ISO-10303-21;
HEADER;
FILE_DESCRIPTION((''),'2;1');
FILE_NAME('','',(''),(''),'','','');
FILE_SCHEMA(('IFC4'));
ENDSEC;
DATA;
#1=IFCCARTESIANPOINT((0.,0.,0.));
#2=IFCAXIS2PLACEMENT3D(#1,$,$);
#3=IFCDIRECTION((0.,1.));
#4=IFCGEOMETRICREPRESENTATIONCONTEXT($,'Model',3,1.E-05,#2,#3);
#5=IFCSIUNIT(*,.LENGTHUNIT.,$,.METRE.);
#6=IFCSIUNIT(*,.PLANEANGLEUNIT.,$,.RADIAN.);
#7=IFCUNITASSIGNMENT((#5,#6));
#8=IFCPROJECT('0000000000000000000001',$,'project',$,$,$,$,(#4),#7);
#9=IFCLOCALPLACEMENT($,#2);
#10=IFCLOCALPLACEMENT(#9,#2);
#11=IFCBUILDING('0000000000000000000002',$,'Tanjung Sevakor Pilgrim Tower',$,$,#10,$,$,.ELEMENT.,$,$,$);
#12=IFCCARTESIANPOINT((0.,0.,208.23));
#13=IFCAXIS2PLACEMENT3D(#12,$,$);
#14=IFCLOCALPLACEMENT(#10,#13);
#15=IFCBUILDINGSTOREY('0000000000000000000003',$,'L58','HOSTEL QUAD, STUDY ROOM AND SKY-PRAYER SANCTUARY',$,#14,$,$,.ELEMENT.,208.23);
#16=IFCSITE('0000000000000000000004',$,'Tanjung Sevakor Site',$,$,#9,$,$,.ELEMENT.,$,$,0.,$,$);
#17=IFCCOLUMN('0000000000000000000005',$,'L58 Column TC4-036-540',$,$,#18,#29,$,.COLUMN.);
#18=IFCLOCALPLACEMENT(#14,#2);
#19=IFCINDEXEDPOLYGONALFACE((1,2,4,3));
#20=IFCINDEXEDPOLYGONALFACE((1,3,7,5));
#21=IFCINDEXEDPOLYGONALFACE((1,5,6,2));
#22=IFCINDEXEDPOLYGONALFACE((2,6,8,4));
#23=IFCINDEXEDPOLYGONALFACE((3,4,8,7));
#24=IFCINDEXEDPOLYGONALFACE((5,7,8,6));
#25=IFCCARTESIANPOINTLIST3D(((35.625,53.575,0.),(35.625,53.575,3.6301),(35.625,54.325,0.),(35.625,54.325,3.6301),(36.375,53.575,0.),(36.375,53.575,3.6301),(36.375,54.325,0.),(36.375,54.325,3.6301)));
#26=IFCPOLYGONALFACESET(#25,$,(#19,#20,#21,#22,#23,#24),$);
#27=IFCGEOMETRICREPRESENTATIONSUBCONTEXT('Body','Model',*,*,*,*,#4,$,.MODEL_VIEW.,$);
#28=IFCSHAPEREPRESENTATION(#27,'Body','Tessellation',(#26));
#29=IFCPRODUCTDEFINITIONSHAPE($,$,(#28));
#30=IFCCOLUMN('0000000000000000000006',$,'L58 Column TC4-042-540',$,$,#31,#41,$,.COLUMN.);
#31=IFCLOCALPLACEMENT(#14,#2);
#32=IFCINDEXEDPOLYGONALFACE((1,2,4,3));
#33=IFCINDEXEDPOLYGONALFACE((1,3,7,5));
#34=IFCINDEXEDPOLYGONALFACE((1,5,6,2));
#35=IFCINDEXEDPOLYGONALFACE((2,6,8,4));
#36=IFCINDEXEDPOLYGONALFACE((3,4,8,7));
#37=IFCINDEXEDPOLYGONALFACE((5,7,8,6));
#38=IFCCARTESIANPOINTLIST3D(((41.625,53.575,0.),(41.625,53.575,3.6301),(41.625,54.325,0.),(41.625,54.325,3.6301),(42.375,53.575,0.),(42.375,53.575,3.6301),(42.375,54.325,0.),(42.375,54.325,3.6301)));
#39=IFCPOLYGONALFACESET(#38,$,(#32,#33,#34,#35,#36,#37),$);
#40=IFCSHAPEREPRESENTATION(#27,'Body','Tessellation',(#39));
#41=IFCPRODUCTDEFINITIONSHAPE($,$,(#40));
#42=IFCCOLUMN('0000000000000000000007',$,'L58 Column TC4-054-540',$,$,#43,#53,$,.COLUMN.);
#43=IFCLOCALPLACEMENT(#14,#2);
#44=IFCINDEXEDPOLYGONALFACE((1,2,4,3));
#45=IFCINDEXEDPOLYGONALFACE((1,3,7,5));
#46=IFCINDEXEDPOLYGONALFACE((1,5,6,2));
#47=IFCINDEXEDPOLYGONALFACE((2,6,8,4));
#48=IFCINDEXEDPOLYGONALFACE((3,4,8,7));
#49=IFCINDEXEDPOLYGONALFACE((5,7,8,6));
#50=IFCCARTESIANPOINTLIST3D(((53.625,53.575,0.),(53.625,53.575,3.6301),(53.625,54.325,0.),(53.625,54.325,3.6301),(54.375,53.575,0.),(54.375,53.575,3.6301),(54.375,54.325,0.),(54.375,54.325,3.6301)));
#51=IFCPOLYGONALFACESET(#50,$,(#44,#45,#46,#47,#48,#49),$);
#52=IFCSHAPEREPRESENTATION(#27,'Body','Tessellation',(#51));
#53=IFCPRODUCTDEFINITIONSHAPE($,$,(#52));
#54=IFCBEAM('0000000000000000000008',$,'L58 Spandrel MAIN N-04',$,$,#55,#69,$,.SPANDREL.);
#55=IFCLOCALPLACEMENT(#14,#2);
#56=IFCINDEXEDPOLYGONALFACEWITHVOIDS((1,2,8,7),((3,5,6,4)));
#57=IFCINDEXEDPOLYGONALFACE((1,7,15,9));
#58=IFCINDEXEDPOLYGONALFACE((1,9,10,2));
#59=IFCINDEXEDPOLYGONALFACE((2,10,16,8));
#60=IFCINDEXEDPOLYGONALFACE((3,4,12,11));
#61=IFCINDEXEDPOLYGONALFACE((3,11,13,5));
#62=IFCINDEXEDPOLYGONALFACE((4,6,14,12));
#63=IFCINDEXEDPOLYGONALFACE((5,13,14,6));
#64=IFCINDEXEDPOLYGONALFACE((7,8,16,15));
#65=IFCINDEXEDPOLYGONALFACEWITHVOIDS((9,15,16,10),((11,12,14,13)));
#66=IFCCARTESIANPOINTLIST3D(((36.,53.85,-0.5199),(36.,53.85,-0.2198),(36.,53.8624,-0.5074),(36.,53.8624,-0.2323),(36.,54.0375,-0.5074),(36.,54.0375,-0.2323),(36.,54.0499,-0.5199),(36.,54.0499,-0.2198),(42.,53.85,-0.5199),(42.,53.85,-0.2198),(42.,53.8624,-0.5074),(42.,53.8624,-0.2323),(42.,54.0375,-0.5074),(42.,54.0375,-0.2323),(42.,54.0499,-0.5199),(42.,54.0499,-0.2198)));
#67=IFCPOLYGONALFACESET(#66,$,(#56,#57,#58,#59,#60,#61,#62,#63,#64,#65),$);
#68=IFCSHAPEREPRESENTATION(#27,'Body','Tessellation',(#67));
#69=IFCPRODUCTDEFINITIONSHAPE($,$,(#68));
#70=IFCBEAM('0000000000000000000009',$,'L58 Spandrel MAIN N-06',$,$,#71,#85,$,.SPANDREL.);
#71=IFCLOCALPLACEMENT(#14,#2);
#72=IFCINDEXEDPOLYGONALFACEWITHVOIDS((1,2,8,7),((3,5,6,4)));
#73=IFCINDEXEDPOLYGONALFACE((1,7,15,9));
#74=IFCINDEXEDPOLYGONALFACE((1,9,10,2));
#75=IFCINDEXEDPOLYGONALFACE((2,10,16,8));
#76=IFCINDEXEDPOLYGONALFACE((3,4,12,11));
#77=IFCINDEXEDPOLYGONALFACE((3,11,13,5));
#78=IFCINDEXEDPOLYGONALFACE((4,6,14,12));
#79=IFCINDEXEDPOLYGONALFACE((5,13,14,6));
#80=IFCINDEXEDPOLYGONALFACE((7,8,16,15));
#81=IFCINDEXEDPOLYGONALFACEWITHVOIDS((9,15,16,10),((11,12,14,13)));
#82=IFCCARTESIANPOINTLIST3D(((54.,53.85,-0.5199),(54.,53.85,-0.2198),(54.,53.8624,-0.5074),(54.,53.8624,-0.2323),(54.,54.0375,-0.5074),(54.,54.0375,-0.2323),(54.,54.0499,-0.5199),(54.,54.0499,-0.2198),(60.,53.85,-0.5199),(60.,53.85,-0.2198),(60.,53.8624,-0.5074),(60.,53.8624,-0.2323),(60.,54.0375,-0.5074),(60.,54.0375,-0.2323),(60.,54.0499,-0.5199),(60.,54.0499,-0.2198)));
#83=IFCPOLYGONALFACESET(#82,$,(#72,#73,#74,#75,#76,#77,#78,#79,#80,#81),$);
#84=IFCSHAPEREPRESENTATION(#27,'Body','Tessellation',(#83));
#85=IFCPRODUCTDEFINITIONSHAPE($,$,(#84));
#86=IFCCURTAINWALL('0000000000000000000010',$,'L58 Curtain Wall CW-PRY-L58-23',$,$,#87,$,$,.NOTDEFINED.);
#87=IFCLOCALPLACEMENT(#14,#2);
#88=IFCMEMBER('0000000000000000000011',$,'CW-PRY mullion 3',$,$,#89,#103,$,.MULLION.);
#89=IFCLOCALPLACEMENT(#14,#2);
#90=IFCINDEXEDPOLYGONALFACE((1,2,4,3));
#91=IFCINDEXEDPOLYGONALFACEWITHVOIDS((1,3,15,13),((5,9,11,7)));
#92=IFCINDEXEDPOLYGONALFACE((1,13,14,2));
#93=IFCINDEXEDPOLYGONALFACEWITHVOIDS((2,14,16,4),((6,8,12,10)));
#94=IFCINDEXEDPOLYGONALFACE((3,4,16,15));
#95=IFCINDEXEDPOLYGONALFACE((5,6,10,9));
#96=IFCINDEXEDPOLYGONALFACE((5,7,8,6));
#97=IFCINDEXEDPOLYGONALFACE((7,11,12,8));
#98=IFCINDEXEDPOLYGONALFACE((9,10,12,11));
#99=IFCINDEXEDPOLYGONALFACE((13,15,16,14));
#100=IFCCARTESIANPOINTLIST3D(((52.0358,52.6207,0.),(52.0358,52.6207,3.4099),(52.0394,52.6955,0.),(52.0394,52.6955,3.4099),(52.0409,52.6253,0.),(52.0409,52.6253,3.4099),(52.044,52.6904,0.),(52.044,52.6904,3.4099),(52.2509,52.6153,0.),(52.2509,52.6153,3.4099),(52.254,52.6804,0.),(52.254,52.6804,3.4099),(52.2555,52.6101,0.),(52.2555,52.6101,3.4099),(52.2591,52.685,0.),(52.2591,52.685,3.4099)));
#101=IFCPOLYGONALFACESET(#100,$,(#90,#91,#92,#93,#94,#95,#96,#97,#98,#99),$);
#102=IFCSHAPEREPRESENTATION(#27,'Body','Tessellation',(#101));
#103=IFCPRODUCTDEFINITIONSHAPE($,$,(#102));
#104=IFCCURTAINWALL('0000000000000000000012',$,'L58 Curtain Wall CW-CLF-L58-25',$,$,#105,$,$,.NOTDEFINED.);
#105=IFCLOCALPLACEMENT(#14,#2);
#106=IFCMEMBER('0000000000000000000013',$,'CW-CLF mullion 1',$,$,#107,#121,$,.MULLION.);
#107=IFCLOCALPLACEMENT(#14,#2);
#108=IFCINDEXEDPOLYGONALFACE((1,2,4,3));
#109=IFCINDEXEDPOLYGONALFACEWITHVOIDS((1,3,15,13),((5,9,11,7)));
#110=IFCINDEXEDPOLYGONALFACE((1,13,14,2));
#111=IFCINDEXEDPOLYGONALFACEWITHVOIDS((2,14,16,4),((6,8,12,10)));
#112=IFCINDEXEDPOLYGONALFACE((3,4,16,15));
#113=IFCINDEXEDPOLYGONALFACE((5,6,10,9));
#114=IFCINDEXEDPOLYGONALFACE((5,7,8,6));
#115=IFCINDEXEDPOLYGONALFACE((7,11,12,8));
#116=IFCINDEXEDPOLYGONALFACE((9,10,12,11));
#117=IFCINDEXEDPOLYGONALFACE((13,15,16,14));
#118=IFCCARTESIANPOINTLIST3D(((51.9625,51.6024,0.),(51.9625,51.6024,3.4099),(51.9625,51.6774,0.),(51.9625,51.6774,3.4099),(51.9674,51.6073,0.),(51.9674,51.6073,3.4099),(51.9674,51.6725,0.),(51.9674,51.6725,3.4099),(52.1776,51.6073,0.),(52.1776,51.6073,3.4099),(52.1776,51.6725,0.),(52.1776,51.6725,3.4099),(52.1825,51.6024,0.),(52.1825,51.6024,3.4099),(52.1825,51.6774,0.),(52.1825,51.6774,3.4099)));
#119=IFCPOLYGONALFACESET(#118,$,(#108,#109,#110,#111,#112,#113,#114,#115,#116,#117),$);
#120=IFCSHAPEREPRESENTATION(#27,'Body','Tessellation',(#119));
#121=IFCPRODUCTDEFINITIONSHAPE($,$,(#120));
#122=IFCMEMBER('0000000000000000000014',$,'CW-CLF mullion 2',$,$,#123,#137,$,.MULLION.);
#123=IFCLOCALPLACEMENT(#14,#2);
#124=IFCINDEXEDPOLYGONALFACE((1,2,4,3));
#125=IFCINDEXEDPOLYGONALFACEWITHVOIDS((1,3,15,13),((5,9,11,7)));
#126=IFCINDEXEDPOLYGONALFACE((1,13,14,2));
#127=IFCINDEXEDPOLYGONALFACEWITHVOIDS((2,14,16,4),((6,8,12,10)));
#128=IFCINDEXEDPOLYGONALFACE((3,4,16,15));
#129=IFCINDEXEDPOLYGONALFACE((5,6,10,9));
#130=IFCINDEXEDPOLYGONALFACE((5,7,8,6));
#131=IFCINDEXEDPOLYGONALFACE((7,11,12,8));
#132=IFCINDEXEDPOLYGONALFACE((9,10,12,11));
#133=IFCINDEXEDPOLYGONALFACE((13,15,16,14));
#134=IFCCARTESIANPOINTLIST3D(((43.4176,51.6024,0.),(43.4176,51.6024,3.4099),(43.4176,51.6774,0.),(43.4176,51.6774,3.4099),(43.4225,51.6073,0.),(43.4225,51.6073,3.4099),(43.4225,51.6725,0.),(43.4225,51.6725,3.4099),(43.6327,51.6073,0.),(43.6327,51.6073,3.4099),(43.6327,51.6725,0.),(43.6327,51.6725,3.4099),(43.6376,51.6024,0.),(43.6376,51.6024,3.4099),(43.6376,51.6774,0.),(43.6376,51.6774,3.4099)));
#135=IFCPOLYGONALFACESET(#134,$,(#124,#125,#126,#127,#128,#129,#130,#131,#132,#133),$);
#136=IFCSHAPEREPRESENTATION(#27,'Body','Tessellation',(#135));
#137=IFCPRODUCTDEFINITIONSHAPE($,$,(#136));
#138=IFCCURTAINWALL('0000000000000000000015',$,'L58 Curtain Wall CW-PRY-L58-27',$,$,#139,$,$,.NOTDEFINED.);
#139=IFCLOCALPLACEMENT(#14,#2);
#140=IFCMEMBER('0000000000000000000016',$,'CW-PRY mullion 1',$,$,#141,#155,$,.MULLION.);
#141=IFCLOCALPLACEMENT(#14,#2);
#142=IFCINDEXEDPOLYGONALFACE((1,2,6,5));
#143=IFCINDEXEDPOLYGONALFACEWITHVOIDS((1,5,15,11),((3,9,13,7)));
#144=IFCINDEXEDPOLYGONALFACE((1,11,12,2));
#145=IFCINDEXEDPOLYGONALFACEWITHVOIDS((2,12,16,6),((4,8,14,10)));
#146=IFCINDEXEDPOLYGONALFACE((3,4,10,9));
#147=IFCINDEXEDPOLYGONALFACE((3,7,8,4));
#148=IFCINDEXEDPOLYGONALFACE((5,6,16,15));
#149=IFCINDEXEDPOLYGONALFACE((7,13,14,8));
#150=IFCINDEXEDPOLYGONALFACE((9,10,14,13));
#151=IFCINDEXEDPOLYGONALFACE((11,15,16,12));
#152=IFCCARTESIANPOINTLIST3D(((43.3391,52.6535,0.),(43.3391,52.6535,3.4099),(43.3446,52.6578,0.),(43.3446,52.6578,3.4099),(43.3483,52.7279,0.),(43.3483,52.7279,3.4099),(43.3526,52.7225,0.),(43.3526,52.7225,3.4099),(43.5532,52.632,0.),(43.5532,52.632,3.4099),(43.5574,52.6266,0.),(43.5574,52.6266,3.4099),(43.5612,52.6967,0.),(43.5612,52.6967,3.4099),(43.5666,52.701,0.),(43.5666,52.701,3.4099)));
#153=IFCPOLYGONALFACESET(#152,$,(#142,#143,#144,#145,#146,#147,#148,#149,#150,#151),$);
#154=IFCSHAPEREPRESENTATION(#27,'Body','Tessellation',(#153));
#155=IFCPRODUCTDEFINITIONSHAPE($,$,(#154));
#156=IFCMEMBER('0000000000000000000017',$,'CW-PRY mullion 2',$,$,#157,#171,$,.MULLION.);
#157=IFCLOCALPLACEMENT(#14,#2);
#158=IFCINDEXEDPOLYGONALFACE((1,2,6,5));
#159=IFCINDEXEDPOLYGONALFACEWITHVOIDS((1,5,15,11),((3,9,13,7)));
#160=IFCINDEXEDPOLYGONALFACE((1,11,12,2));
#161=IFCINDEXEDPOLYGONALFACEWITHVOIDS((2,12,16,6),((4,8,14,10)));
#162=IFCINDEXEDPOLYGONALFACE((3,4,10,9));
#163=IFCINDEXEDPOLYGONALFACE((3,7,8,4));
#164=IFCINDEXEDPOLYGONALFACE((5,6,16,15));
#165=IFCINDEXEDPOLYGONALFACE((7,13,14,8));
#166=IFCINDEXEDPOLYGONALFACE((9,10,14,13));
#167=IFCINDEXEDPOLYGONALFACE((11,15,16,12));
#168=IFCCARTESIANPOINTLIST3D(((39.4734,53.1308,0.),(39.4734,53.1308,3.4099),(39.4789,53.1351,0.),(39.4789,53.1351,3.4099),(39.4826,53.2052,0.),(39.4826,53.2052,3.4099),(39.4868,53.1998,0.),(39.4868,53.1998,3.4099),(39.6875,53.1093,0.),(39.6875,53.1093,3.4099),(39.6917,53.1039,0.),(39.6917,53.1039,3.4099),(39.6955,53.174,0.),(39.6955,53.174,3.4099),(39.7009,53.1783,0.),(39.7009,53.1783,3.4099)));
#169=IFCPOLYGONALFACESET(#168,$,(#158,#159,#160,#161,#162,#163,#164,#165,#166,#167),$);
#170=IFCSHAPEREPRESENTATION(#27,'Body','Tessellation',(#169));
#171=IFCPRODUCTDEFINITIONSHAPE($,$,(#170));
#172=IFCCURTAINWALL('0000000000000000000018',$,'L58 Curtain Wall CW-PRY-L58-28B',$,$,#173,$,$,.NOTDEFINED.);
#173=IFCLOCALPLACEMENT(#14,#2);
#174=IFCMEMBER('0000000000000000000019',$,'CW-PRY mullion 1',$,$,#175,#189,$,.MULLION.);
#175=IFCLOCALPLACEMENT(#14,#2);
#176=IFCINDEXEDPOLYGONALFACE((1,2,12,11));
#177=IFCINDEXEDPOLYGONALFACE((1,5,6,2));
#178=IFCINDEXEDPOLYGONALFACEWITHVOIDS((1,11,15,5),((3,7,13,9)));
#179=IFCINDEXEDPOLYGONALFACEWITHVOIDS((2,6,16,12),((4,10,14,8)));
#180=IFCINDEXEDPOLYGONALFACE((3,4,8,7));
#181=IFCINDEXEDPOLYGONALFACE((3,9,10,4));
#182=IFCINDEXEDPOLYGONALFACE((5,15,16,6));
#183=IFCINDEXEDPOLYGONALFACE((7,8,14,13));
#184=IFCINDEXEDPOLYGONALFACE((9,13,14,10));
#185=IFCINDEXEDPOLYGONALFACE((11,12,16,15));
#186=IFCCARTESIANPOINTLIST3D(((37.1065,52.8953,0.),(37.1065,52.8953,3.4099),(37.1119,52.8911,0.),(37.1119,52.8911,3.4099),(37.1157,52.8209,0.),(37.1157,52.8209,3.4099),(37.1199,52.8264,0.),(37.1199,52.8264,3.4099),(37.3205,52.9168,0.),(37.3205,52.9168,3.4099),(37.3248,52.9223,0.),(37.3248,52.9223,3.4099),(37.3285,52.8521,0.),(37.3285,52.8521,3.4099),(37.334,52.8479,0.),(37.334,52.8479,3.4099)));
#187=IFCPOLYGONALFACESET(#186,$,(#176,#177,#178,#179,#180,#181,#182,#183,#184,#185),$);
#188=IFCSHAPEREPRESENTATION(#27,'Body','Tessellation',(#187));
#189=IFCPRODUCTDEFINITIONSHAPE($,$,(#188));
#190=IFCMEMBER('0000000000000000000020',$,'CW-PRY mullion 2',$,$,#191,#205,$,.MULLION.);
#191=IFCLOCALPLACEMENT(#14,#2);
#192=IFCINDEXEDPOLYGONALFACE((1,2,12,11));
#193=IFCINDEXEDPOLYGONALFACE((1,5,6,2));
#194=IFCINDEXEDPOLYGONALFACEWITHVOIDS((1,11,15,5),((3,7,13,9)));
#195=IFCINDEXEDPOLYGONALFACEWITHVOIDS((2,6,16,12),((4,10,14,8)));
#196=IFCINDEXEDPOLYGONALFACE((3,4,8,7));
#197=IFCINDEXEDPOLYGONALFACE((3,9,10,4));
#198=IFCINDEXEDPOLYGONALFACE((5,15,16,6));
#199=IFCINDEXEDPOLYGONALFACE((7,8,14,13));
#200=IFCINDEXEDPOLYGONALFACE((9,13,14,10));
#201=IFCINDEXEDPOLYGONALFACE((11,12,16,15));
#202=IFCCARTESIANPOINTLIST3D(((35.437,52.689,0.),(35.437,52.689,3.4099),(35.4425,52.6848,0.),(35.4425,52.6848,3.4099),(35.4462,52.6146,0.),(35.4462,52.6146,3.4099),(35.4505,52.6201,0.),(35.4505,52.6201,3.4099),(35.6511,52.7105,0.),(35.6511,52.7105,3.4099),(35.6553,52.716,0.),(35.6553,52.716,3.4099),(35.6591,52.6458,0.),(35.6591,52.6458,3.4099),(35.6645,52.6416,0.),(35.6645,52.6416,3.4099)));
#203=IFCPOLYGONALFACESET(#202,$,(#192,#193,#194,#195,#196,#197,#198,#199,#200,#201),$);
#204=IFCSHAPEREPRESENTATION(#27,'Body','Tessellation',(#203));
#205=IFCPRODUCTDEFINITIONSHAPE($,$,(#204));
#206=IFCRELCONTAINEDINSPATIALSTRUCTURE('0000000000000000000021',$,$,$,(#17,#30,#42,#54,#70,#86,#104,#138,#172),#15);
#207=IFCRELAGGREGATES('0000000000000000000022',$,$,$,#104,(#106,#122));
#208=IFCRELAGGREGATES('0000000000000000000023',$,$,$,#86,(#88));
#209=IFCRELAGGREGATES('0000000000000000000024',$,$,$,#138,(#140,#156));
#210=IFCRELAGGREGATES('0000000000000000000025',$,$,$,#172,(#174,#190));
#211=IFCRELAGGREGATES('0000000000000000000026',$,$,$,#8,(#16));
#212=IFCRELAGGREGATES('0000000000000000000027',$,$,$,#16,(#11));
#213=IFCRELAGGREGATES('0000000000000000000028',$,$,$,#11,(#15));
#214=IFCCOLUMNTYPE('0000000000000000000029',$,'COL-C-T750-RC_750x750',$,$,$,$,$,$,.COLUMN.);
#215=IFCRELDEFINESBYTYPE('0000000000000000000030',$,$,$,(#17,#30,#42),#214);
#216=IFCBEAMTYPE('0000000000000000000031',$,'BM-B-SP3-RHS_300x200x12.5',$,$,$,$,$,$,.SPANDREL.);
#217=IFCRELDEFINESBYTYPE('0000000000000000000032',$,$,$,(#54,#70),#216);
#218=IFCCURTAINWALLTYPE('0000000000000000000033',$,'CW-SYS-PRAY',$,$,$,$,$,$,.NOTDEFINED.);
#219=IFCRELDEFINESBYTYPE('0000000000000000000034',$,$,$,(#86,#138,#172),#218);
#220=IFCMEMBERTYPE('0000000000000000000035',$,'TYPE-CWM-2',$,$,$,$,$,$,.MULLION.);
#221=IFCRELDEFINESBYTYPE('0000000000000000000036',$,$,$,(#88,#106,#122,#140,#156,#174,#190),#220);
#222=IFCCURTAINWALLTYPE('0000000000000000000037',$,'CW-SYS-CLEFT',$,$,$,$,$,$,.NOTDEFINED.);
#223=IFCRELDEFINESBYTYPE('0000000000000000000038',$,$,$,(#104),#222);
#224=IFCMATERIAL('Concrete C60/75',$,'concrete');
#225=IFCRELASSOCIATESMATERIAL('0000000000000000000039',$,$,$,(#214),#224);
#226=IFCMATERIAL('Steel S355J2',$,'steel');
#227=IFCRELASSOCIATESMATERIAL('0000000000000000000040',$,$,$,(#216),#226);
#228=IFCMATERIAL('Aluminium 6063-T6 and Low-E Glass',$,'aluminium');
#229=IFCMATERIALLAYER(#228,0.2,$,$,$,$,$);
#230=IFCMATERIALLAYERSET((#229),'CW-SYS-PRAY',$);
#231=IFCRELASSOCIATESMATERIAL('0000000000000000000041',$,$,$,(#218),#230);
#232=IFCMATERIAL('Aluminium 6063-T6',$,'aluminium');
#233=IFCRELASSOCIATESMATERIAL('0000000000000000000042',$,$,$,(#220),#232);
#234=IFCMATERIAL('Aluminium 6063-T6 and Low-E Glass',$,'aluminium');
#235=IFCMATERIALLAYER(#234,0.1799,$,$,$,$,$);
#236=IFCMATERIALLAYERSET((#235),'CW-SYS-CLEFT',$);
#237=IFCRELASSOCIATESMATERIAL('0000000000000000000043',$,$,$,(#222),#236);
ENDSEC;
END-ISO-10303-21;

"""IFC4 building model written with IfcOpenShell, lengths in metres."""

from ifc_helpers import new_model, si_unit, direction, frame, origin, origin_2d, place, context, subcontext, project, spatial, rectangle, hollow_rectangle, extrude, material, layer, layer_set, material_profile, profile_set, type_object, element, aggregate, save


model = new_model("IFC4")

# Units and contexts
model_context = context("Model", 3, precision=1e-05, world=origin(), true_north=direction((0.0, 1.0)))
body_context = subcontext(model_context, "Body", "Model", "MODEL_VIEW")
ifc_project = project(units=[si_unit("LENGTHUNIT", "METRE"), si_unit("PLANEANGLEUNIT", "RADIAN")], contexts=[model_context])

# Site, building, storey
site_placement = place(None, origin())
site = spatial("IfcSite", under=ifc_project, at=site_placement, Name="Tanjung Sevakor Site", CompositionType="ELEMENT", RefElevation=0.0)
building_placement = place(site_placement, origin())
building = spatial("IfcBuilding", under=site, at=building_placement, Name="Tanjung Sevakor Pilgrim Tower", CompositionType="ELEMENT")
storey_placement = place(building_placement, frame((0.0, 0.0, 208.23)))
storey = spatial("IfcBuildingStorey", under=building, at=storey_placement, Name="L58", Description="HOSTEL QUAD, STUDY ROOM AND SKY-PRAYER SANCTUARY", CompositionType="ELEMENT", Elevation=208.23)

# Columns
ifc_material_1 = material(Name="Concrete C60/75", Category="concrete")
ifc_material_profile_1 = material_profile(ifc_material_1, rectangle(XDim=0.75, YDim=0.75, at=origin_2d()))
ifc_profile_set_1 = profile_set([ifc_material_profile_1], Name="Concrete C60/75")
column_type = type_object("IfcColumnType", Name="COL-C-T750-RC_750x750", PredefinedType="COLUMN", material=ifc_profile_set_1)
for number, where, z_axis, x_axis, name in (
    (1, (36.0, 53.95, 0.0), (0.0, 0.0, 1.0), (1.0, 0.0, 0.0), "L58 Column TC4-036-540"),
    (2, (42.0, 53.95, 0.0), (0.0, 0.0, 1.0), (1.0, 0.0, 0.0), "L58 Column TC4-042-540"),
    (3, (54.0, 53.95, 0.0), (0.0, 0.0, 1.0), (1.0, 0.0, 0.0), "L58 Column TC4-054-540"),
):
    element("IfcColumn", number, at=place(storey_placement, frame(where, z_axis=z_axis, x_axis=x_axis)), inside=storey, type_object=column_type, Name=name, PredefinedType="COLUMN", context=body_context, shape_type="SweptSolid", body=[
        extrude(rectangle(XDim=0.75, YDim=0.75, at=origin_2d()), origin(), (0.0, 0.0, 1.0), 3.6301),
    ])

# Beams
ifc_material_2 = material(Name="Steel S355J2", Category="steel")
ifc_material_profile_2 = material_profile(ifc_material_2, hollow_rectangle(XDim=0.2, YDim=0.3, WallThickness=0.0125, at=origin_2d()))
ifc_profile_set_2 = profile_set([ifc_material_profile_2], Name="Steel S355J2")
beam_type = type_object("IfcBeamType", Name="BM-B-SP3-RHS_300x200x12.5", PredefinedType="SPANDREL", material=ifc_profile_set_2)
for number, where, z_axis, x_axis, name in (
    (4, (36.0, 53.95, -0.3699), (1.0, 0.0, 0.0), (0.0, 1.0, 0.0), "L58 Spandrel MAIN N-04"),
    (5, (54.0, 53.95, -0.3699), (1.0, 0.0, 0.0), (0.0, 1.0, 0.0), "L58 Spandrel MAIN N-06"),
):
    element("IfcBeam", number, at=place(storey_placement, frame(where, z_axis=z_axis, x_axis=x_axis)), inside=storey, type_object=beam_type, Name=name, PredefinedType="SPANDREL", context=body_context, shape_type="SweptSolid", body=[
        extrude(hollow_rectangle(XDim=0.2, YDim=0.3, WallThickness=0.0125, at=origin_2d()), origin(), (0.0, 0.0, 1.0), 6.0),
    ])

# Curtain wall, member
ifc_material_3 = material(Name="Aluminium 6063-T6 and Low-E Glass", Category="aluminium")
ifc_layer_1 = layer(ifc_material_3, 0.2)
ifc_layer_set_1 = layer_set([ifc_layer_1], Name="CW-SYS-PRAY")
curtain_wall_type_1 = type_object("IfcCurtainWallType", Name="CW-SYS-PRAY", PredefinedType="NOTDEFINED", material=ifc_layer_set_1)
curtain_wall_1_placement = place(storey_placement, origin())
curtain_wall_1 = element("IfcCurtainWall", 6, at=curtain_wall_1_placement, inside=storey, type_object=curtain_wall_type_1, Name="L58 Curtain Wall CW-PRY-L58-23", PredefinedType="NOTDEFINED")
ifc_material_4 = material(Name="Aluminium 6063-T6", Category="aluminium")
ifc_material_profile_3 = material_profile(ifc_material_4, hollow_rectangle(XDim=0.075, YDim=0.22, WallThickness=0.0049, at=origin_2d()))
ifc_profile_set_3 = profile_set([ifc_material_profile_3], Name="Aluminium 6063-T6")
member_type_1 = type_object("IfcMemberType", Name="TYPE-CWM-2", PredefinedType="MULLION", material=ifc_profile_set_3)
member_1_placement = place(storey_placement, frame((52.1475, 52.6528, 0.0), z_axis=(0.0, 0.0, 1.0), x_axis=(-0.047789, -0.998857, 0.0)))
member_1 = element("IfcMember", 7, at=member_1_placement, type_object=member_type_1, Name="CW-PRY mullion 3", PredefinedType="MULLION", context=body_context, shape_type="SweptSolid", body=[
    extrude(hollow_rectangle(XDim=0.075, YDim=0.22, WallThickness=0.0049, at=origin_2d()), origin(), (0.0, 0.0, 1.0), 3.4099),
])

# Curtain walls, members
ifc_material_5 = material(Name="Aluminium 6063-T6 and Low-E Glass", Category="aluminium")
ifc_layer_2 = layer(ifc_material_5, 0.1799)
ifc_layer_set_2 = layer_set([ifc_layer_2], Name="CW-SYS-CLEFT")
curtain_wall_type_2 = type_object("IfcCurtainWallType", Name="CW-SYS-CLEFT", PredefinedType="NOTDEFINED", material=ifc_layer_set_2)
curtain_wall_2_placement = place(storey_placement, origin())
curtain_wall_2 = element("IfcCurtainWall", 8, at=curtain_wall_2_placement, inside=storey, type_object=curtain_wall_type_2, Name="L58 Curtain Wall CW-CLF-L58-25", PredefinedType="NOTDEFINED")
member_2_placement = place(storey_placement, frame((52.0725, 51.6399, 0.0), z_axis=(0.0, 0.0, 1.0), x_axis=(0.0, -1.0, 0.0)))
member_2 = element("IfcMember", 9, at=member_2_placement, type_object=member_type_1, Name="CW-CLF mullion 1", PredefinedType="MULLION", context=body_context, shape_type="SweptSolid", body=[
    extrude(hollow_rectangle(XDim=0.075, YDim=0.22, WallThickness=0.0049, at=origin_2d()), origin(), (0.0, 0.0, 1.0), 3.4099),
])
member_3_placement = place(storey_placement, frame((43.5276, 51.6399, 0.0), z_axis=(0.0, 0.0, 1.0), x_axis=(0.0, -1.0, 0.0)))
member_3 = element("IfcMember", 10, at=member_3_placement, type_object=member_type_1, Name="CW-CLF mullion 2", PredefinedType="MULLION", context=body_context, shape_type="SweptSolid", body=[
    extrude(hollow_rectangle(XDim=0.075, YDim=0.22, WallThickness=0.0049, at=origin_2d()), origin(), (0.0, 0.0, 1.0), 3.4099),
])
curtain_wall_3_placement = place(storey_placement, origin())
curtain_wall_3 = element("IfcCurtainWall", 11, at=curtain_wall_3_placement, inside=storey, type_object=curtain_wall_type_1, Name="L58 Curtain Wall CW-PRY-L58-27", PredefinedType="NOTDEFINED")
member_4_placement = place(storey_placement, frame((43.4529, 52.6772, 0.0), z_axis=(0.0, 0.0, 1.0), x_axis=(-0.122546, -0.992463, 0.0)))
member_4 = element("IfcMember", 12, at=member_4_placement, type_object=member_type_1, Name="CW-PRY mullion 1", PredefinedType="MULLION", context=body_context, shape_type="SweptSolid", body=[
    extrude(hollow_rectangle(XDim=0.075, YDim=0.22, WallThickness=0.0049, at=origin_2d()), origin(), (0.0, 0.0, 1.0), 3.4099),
])
member_5_placement = place(storey_placement, frame((39.5872, 53.1545, 0.0), z_axis=(0.0, 0.0, 1.0), x_axis=(-0.122546, -0.992463, 0.0)))
member_5 = element("IfcMember", 13, at=member_5_placement, type_object=member_type_1, Name="CW-PRY mullion 2", PredefinedType="MULLION", context=body_context, shape_type="SweptSolid", body=[
    extrude(hollow_rectangle(XDim=0.075, YDim=0.22, WallThickness=0.0049, at=origin_2d()), origin(), (0.0, 0.0, 1.0), 3.4099),
])
curtain_wall_4_placement = place(storey_placement, origin())
curtain_wall_4 = element("IfcCurtainWall", 14, at=curtain_wall_4_placement, inside=storey, type_object=curtain_wall_type_1, Name="L58 Curtain Wall CW-PRY-L58-28B", PredefinedType="NOTDEFINED")
member_6_placement = place(storey_placement, frame((37.2202, 52.8716, 0.0), z_axis=(0.0, 0.0, 1.0), x_axis=(0.122529, -0.992465, 0.0)))
member_6 = element("IfcMember", 15, at=member_6_placement, type_object=member_type_1, Name="CW-PRY mullion 1", PredefinedType="MULLION", context=body_context, shape_type="SweptSolid", body=[
    extrude(hollow_rectangle(XDim=0.075, YDim=0.22, WallThickness=0.0049, at=origin_2d()), origin(), (0.0, 0.0, 1.0), 3.4099),
])
member_7_placement = place(storey_placement, frame((35.5508, 52.6653, 0.0), z_axis=(0.0, 0.0, 1.0), x_axis=(0.122529, -0.992465, 0.0)))
member_7 = element("IfcMember", 16, at=member_7_placement, type_object=member_type_1, Name="CW-PRY mullion 2", PredefinedType="MULLION", context=body_context, shape_type="SweptSolid", body=[
    extrude(hollow_rectangle(XDim=0.075, YDim=0.22, WallThickness=0.0049, at=origin_2d()), origin(), (0.0, 0.0, 1.0), 3.4099),
])

aggregate(curtain_wall_2, [member_2, member_3])
aggregate(curtain_wall_1, [member_1])
aggregate(curtain_wall_3, [member_4, member_5])
aggregate(curtain_wall_4, [member_6, member_7])

save(model, "model.ifc")
